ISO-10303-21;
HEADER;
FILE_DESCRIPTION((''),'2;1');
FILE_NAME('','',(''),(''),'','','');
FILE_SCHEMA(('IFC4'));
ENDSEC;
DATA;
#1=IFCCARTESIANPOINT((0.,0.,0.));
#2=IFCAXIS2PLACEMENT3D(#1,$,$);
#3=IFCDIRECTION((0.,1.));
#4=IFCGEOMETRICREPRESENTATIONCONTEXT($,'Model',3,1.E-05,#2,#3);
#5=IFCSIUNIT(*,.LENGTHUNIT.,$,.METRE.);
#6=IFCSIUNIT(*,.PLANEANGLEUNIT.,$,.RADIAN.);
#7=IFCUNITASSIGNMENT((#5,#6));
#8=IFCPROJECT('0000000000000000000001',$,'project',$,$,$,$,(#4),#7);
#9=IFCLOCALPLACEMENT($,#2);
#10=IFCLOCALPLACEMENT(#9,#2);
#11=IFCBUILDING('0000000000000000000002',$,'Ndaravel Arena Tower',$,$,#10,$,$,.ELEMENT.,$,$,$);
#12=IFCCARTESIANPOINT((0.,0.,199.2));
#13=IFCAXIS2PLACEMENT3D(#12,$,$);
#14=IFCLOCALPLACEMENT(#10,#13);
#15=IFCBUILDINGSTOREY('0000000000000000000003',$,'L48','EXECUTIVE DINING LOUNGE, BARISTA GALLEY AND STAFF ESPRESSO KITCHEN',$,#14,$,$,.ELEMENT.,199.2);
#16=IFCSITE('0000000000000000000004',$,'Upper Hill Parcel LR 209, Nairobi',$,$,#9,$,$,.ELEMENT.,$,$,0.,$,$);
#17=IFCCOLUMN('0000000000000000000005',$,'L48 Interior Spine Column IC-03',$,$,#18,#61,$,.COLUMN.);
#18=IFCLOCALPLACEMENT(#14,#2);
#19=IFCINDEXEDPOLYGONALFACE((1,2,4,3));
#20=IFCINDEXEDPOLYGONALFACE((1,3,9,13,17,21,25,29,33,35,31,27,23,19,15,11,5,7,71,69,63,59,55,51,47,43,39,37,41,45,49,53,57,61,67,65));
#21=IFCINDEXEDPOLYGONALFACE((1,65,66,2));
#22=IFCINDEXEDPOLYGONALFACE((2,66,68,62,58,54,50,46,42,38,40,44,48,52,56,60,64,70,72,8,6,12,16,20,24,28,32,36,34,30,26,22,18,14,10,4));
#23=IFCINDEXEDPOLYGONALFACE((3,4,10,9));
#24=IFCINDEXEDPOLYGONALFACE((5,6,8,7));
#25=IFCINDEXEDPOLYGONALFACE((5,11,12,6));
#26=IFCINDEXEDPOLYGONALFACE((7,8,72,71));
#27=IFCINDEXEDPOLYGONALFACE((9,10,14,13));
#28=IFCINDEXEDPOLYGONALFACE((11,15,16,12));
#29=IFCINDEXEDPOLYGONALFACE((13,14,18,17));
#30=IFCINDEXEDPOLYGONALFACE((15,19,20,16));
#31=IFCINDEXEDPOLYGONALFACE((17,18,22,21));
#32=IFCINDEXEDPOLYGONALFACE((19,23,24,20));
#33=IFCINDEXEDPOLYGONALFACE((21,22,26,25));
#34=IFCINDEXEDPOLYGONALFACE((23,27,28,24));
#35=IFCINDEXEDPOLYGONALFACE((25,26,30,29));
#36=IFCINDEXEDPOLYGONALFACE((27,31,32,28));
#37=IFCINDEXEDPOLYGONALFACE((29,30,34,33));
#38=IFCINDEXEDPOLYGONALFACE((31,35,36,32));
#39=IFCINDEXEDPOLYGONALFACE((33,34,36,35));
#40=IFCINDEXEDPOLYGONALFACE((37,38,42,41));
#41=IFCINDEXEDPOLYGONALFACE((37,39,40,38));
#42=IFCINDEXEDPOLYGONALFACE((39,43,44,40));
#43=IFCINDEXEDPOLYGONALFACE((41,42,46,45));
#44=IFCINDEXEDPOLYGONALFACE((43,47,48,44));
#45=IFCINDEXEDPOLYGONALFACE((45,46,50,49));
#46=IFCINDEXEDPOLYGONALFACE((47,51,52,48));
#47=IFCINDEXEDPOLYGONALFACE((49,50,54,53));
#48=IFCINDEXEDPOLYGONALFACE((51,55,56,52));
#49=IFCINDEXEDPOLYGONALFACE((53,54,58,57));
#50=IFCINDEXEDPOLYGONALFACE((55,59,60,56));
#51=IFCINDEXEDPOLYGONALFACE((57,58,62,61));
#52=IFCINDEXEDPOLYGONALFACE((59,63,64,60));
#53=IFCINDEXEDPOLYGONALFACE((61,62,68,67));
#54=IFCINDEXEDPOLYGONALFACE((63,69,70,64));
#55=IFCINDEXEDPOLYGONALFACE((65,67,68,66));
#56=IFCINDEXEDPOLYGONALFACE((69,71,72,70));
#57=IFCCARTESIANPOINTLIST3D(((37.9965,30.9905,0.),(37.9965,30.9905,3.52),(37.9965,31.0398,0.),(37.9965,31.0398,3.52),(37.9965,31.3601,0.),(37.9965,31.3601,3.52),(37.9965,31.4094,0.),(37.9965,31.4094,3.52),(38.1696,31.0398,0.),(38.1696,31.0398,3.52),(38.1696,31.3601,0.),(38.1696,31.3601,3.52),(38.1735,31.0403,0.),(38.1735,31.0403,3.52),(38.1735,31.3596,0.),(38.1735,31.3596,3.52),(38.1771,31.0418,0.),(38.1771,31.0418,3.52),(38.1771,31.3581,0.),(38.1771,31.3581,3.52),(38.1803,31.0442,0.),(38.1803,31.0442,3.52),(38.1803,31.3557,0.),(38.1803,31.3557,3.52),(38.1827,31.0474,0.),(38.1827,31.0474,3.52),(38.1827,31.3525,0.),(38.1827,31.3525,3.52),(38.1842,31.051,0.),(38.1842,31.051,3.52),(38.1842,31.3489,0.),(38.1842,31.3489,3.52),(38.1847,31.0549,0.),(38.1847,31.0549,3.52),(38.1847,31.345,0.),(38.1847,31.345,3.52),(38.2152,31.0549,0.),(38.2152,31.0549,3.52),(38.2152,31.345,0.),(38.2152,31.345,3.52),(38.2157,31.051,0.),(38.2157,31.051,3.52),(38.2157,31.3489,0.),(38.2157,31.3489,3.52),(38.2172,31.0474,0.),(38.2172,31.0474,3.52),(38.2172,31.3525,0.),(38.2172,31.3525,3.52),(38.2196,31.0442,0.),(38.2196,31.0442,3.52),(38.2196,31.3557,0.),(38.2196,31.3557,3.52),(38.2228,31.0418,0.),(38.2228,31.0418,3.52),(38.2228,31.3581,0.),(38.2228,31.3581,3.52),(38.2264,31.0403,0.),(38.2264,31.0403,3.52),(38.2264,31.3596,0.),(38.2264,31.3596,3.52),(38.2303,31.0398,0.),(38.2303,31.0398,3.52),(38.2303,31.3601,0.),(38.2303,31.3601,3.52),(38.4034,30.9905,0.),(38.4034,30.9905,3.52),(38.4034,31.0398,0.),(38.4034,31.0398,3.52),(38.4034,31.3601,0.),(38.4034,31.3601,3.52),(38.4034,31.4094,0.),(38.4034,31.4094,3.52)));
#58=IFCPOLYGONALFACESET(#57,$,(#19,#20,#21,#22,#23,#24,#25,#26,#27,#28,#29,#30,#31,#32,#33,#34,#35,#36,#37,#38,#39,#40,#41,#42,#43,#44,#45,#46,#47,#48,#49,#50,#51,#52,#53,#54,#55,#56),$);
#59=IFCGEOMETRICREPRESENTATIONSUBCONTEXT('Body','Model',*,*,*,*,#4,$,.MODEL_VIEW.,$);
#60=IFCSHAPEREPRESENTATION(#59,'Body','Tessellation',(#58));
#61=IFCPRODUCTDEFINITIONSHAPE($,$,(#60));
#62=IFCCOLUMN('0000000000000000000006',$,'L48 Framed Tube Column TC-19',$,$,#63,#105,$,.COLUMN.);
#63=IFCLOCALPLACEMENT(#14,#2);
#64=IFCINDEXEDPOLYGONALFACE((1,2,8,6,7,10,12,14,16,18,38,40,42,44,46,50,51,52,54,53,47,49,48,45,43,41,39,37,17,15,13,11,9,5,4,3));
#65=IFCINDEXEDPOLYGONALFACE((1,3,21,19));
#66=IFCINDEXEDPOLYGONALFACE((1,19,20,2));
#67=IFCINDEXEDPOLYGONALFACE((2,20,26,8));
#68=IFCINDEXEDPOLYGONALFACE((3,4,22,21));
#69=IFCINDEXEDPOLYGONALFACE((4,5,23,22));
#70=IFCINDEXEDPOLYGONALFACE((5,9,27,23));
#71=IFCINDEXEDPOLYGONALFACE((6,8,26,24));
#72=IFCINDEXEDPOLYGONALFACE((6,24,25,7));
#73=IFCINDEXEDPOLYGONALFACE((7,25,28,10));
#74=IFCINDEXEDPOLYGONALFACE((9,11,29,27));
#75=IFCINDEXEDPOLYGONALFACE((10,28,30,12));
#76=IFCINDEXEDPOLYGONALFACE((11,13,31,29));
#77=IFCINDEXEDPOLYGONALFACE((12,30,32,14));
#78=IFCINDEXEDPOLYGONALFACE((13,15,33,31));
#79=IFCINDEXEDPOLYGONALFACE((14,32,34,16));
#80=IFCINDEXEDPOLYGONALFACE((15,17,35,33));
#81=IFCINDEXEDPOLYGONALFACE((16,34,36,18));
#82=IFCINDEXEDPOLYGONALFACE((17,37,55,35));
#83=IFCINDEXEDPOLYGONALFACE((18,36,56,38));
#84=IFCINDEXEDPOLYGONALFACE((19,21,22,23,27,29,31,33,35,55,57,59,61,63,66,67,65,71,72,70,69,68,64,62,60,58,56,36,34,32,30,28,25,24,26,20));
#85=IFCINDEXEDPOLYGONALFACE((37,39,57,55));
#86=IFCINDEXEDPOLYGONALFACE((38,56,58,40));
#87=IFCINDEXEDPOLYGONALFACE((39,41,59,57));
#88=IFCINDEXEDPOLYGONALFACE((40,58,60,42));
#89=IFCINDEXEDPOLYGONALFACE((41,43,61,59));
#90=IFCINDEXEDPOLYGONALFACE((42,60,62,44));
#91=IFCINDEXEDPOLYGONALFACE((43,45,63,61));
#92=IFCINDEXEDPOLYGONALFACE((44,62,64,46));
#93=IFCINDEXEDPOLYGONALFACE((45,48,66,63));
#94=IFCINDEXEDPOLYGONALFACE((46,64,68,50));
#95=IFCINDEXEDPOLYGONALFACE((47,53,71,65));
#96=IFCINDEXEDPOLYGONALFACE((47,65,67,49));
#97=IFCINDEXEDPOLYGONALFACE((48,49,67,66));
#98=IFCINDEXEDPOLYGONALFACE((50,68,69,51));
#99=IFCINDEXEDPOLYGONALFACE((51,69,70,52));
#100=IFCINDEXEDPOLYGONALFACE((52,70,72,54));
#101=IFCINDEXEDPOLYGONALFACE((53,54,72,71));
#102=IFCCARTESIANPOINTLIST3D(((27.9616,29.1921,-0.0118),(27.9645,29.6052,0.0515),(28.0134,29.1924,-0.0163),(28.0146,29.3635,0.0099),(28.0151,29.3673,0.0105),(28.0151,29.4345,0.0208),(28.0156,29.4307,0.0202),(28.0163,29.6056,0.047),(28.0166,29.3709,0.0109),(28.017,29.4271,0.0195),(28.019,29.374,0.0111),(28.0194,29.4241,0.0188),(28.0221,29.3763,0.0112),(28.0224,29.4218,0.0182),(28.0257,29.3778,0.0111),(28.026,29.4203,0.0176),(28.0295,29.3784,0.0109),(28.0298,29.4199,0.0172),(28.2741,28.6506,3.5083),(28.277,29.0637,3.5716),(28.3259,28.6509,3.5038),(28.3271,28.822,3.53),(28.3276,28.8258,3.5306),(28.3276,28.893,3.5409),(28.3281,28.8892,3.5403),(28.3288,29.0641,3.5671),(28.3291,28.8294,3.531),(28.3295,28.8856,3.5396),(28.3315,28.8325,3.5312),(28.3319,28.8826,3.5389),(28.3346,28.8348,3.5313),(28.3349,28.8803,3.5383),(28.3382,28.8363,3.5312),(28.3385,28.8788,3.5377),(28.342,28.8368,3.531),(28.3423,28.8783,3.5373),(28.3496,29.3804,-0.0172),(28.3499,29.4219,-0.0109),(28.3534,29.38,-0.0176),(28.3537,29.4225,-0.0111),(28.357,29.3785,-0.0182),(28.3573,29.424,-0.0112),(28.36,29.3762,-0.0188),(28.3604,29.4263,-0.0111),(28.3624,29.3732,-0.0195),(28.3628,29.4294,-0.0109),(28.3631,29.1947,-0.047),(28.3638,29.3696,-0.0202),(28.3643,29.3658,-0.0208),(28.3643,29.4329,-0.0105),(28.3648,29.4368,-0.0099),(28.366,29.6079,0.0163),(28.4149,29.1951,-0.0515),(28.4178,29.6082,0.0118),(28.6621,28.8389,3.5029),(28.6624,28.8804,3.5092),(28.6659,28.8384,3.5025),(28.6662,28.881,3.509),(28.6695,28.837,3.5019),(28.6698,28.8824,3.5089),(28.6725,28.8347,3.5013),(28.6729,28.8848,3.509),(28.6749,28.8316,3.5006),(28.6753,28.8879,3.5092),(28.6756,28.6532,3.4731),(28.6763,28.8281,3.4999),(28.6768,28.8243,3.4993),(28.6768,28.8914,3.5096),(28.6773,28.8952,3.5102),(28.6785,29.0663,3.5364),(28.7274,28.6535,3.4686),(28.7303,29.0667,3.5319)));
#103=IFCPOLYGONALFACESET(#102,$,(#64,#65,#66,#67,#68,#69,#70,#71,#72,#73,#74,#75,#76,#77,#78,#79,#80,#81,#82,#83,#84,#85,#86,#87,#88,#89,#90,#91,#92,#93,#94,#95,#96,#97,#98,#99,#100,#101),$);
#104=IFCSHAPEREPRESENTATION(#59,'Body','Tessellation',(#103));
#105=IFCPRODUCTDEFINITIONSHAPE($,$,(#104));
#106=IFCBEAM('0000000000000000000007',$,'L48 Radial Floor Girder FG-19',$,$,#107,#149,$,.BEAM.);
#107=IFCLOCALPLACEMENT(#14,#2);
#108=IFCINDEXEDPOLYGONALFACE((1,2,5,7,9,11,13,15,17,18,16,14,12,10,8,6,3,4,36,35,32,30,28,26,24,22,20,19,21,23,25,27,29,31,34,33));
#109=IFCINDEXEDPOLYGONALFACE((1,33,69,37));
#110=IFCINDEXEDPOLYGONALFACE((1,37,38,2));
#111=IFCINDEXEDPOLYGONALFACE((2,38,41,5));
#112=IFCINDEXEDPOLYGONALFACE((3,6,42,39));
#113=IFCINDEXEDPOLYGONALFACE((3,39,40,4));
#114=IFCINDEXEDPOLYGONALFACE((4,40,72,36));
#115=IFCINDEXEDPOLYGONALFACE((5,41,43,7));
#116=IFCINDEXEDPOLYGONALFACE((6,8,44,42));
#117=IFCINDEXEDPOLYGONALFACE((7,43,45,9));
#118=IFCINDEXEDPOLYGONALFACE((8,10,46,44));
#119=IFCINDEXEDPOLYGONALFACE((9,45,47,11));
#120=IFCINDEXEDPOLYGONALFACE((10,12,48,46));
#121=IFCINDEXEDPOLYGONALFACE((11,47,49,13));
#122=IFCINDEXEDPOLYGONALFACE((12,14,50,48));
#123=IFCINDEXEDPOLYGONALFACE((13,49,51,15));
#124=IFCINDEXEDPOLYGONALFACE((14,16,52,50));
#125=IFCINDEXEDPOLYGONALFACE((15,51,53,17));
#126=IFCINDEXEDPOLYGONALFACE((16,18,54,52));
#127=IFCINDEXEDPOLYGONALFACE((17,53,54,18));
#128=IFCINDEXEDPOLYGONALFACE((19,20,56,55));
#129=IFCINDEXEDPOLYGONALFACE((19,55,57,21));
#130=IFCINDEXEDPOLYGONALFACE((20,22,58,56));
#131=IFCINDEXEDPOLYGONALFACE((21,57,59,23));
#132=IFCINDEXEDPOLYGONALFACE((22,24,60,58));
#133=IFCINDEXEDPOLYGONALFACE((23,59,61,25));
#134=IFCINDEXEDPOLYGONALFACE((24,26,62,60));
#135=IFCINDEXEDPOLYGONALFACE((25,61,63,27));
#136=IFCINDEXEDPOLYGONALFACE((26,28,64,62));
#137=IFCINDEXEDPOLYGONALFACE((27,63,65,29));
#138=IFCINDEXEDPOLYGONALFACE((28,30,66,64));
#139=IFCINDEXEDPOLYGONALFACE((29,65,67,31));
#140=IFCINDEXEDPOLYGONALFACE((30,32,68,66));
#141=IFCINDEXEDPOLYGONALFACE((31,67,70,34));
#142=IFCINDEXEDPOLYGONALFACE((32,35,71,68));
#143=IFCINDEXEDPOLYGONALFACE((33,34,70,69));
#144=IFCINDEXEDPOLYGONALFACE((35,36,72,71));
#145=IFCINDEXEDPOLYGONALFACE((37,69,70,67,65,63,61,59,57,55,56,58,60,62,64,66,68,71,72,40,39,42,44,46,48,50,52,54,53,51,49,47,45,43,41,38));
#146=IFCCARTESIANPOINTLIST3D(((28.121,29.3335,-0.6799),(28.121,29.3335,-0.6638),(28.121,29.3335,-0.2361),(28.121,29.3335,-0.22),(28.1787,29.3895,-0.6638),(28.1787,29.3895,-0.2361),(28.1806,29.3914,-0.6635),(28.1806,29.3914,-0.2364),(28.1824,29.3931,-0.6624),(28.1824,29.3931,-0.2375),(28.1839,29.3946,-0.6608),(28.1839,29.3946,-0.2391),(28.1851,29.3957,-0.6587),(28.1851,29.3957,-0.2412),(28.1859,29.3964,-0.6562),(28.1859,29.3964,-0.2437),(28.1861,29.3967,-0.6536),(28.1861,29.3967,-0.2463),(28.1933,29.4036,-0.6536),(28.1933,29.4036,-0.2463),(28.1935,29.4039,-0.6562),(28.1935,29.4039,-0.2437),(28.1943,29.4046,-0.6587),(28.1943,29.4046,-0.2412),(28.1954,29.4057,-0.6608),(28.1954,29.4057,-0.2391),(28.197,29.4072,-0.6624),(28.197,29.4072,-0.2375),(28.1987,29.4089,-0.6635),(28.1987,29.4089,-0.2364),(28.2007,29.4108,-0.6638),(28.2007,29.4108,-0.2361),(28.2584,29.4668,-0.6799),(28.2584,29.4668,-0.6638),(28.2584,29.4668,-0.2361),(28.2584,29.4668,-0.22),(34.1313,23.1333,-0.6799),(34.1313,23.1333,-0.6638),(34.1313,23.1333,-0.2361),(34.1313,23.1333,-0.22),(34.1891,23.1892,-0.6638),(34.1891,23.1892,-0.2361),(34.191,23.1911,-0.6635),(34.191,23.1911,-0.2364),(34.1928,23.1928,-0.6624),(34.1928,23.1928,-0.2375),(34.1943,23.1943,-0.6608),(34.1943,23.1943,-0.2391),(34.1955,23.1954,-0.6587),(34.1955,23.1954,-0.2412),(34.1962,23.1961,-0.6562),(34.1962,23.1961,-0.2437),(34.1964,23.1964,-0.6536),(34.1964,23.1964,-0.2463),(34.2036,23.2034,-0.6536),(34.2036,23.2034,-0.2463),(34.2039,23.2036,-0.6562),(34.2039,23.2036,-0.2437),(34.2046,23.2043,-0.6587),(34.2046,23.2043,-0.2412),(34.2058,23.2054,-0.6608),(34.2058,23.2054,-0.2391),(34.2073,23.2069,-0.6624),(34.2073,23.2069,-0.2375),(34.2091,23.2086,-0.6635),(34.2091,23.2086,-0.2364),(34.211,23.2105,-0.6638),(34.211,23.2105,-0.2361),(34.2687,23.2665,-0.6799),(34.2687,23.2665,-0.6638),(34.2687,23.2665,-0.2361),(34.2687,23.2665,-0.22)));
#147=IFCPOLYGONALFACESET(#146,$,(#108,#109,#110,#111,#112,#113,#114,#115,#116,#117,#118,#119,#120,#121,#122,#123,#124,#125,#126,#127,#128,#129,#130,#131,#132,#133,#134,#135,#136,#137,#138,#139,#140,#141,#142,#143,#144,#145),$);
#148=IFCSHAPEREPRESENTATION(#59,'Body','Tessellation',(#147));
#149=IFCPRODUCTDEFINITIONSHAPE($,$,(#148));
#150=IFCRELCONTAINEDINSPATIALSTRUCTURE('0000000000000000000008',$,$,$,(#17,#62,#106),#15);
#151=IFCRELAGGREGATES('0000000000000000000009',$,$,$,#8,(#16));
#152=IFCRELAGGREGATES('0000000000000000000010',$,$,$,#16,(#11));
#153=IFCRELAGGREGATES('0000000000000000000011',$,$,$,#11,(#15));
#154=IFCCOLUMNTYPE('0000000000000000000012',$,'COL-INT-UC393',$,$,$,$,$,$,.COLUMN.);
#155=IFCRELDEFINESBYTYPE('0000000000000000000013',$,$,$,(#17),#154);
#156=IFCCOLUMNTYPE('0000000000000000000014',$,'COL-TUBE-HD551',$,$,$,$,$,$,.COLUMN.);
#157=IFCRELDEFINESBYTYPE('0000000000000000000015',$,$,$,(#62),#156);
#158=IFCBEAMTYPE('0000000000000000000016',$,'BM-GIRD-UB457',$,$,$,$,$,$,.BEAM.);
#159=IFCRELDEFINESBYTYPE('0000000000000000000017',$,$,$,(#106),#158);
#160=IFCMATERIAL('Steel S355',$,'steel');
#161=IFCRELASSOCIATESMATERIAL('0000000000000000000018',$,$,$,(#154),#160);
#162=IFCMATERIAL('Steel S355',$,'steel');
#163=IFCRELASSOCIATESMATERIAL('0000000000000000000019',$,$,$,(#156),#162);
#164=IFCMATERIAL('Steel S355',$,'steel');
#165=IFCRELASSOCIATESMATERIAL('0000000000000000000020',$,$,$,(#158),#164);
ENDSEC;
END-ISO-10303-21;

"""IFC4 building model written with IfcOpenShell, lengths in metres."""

from ifc_helpers import new_model, si_unit, direction, frame, origin, origin_2d, place, context, subcontext, project, spatial, i_section, extrude, material, material_profile, profile_set, type_object, element, save


model = new_model("IFC4")

# Units and contexts
model_context = context("Model", 3, precision=1e-05, world=origin(), true_north=direction((0.0, 1.0)))
body_context = subcontext(model_context, "Body", "Model", "MODEL_VIEW")
ifc_project = project(units=[si_unit("LENGTHUNIT", "METRE"), si_unit("PLANEANGLEUNIT", "RADIAN")], contexts=[model_context])

# Site, building, storey
site_placement = place(None, origin())
site = spatial("IfcSite", under=ifc_project, at=site_placement, Name="Upper Hill Parcel LR 209, Nairobi", CompositionType="ELEMENT", RefElevation=0.0)
building_placement = place(site_placement, origin())
building = spatial("IfcBuilding", under=site, at=building_placement, Name="Ndaravel Arena Tower", CompositionType="ELEMENT")
storey_placement = place(building_placement, frame((0.0, 0.0, 199.2)))
storey = spatial("IfcBuildingStorey", under=building, at=storey_placement, Name="L48", Description="EXECUTIVE DINING LOUNGE, BARISTA GALLEY AND STAFF ESPRESSO KITCHEN", CompositionType="ELEMENT", Elevation=199.2)

# Columns
ifc_material_1 = material(Name="Steel S355", Category="steel")
ifc_material_profile_1 = material_profile(ifc_material_1, i_section(OverallWidth=0.407, OverallDepth=0.4189, WebThickness=0.0305, FlangeThickness=0.0493, FilletRadius=0.0151, at=origin_2d()), Name="UC 356x406x393")
ifc_profile_set_1 = profile_set([ifc_material_profile_1], Name="Steel S355")
column_type_1 = type_object("IfcColumnType", Name="COL-INT-UC393", PredefinedType="COLUMN", material=ifc_profile_set_1)
column_1_placement = place(storey_placement, frame((38.2, 31.2, 0.0), z_axis=(0.0, 0.0, 1.0), x_axis=(1.0, 0.0, 0.0)))
element("IfcColumn", 1, at=column_1_placement, inside=storey, type_object=column_type_1, Name="L48 Interior Spine Column IC-03", PredefinedType="COLUMN", context=body_context, shape_type="SweptSolid", body=[
    extrude(i_section(OverallWidth=0.407, OverallDepth=0.4189, WebThickness=0.0305, FlangeThickness=0.0493, FilletRadius=0.0151, at=origin_2d()), origin(), (0.0, 0.0, 1.0), 3.52),
])
ifc_material_2 = material(Name="Steel S355", Category="steel")
ifc_material_profile_2 = material_profile(ifc_material_2, i_section(OverallWidth=0.418, OverallDepth=0.4551, WebThickness=0.042, FlangeThickness=0.052, FilletRadius=0.0149, at=origin_2d()), Name="HD 400x551")
ifc_profile_set_2 = profile_set([ifc_material_profile_2], Name="Steel S355")
column_type_2 = type_object("IfcColumnType", Name="COL-TUBE-HD551", PredefinedType="COLUMN", material=ifc_profile_set_2)
column_2_placement = place(storey_placement, frame((28.1897, 29.4001, 0.0), z_axis=(0.08741, -0.151465, 0.98459), x_axis=(0.006861, 0.988441, 0.151448)))
element("IfcColumn", 2, at=column_2_placement, inside=storey, type_object=column_type_2, Name="L48 Framed Tube Column TC-19", PredefinedType="COLUMN", context=body_context, shape_type="SweptSolid", body=[
    extrude(i_section(OverallWidth=0.418, OverallDepth=0.4551, WebThickness=0.042, FlangeThickness=0.052, FilletRadius=0.0149, at=origin_2d()), origin(), (0.0, 0.0, 1.0), 3.5752),
])

# Beam
ifc_material_3 = material(Name="Steel S355", Category="steel")
ifc_material_profile_3 = material_profile(ifc_material_3, i_section(OverallWidth=0.1914, OverallDepth=0.46, WebThickness=0.01, FlangeThickness=0.0161, FilletRadius=0.0103, at=origin_2d()), Name="UB 457x191x82")
ifc_profile_set_3 = profile_set([ifc_material_profile_3], Name="Steel S355")
beam_type_1 = type_object("IfcBeamType", Name="BM-GIRD-UB457", PredefinedType="BEAM", material=ifc_profile_set_3)
beam_1_placement = place(storey_placement, frame((28.1897, 29.4001, -0.45), z_axis=(0.696023, -0.718019, 0.0), x_axis=(0.718019, 0.696023, 0.0)))
element("IfcBeam", 3, at=beam_1_placement, inside=storey, type_object=beam_type_1, Name="L48 Radial Floor Girder FG-19", PredefinedType="BEAM", context=body_context, shape_type="SweptSolid", body=[
    extrude(i_section(OverallWidth=0.1914, OverallDepth=0.46, WebThickness=0.01, FlangeThickness=0.0161, FilletRadius=0.0103, at=origin_2d()), origin(), (0.0, 0.0, 1.0), 8.6353),
])

save(model, "model.ifc")
